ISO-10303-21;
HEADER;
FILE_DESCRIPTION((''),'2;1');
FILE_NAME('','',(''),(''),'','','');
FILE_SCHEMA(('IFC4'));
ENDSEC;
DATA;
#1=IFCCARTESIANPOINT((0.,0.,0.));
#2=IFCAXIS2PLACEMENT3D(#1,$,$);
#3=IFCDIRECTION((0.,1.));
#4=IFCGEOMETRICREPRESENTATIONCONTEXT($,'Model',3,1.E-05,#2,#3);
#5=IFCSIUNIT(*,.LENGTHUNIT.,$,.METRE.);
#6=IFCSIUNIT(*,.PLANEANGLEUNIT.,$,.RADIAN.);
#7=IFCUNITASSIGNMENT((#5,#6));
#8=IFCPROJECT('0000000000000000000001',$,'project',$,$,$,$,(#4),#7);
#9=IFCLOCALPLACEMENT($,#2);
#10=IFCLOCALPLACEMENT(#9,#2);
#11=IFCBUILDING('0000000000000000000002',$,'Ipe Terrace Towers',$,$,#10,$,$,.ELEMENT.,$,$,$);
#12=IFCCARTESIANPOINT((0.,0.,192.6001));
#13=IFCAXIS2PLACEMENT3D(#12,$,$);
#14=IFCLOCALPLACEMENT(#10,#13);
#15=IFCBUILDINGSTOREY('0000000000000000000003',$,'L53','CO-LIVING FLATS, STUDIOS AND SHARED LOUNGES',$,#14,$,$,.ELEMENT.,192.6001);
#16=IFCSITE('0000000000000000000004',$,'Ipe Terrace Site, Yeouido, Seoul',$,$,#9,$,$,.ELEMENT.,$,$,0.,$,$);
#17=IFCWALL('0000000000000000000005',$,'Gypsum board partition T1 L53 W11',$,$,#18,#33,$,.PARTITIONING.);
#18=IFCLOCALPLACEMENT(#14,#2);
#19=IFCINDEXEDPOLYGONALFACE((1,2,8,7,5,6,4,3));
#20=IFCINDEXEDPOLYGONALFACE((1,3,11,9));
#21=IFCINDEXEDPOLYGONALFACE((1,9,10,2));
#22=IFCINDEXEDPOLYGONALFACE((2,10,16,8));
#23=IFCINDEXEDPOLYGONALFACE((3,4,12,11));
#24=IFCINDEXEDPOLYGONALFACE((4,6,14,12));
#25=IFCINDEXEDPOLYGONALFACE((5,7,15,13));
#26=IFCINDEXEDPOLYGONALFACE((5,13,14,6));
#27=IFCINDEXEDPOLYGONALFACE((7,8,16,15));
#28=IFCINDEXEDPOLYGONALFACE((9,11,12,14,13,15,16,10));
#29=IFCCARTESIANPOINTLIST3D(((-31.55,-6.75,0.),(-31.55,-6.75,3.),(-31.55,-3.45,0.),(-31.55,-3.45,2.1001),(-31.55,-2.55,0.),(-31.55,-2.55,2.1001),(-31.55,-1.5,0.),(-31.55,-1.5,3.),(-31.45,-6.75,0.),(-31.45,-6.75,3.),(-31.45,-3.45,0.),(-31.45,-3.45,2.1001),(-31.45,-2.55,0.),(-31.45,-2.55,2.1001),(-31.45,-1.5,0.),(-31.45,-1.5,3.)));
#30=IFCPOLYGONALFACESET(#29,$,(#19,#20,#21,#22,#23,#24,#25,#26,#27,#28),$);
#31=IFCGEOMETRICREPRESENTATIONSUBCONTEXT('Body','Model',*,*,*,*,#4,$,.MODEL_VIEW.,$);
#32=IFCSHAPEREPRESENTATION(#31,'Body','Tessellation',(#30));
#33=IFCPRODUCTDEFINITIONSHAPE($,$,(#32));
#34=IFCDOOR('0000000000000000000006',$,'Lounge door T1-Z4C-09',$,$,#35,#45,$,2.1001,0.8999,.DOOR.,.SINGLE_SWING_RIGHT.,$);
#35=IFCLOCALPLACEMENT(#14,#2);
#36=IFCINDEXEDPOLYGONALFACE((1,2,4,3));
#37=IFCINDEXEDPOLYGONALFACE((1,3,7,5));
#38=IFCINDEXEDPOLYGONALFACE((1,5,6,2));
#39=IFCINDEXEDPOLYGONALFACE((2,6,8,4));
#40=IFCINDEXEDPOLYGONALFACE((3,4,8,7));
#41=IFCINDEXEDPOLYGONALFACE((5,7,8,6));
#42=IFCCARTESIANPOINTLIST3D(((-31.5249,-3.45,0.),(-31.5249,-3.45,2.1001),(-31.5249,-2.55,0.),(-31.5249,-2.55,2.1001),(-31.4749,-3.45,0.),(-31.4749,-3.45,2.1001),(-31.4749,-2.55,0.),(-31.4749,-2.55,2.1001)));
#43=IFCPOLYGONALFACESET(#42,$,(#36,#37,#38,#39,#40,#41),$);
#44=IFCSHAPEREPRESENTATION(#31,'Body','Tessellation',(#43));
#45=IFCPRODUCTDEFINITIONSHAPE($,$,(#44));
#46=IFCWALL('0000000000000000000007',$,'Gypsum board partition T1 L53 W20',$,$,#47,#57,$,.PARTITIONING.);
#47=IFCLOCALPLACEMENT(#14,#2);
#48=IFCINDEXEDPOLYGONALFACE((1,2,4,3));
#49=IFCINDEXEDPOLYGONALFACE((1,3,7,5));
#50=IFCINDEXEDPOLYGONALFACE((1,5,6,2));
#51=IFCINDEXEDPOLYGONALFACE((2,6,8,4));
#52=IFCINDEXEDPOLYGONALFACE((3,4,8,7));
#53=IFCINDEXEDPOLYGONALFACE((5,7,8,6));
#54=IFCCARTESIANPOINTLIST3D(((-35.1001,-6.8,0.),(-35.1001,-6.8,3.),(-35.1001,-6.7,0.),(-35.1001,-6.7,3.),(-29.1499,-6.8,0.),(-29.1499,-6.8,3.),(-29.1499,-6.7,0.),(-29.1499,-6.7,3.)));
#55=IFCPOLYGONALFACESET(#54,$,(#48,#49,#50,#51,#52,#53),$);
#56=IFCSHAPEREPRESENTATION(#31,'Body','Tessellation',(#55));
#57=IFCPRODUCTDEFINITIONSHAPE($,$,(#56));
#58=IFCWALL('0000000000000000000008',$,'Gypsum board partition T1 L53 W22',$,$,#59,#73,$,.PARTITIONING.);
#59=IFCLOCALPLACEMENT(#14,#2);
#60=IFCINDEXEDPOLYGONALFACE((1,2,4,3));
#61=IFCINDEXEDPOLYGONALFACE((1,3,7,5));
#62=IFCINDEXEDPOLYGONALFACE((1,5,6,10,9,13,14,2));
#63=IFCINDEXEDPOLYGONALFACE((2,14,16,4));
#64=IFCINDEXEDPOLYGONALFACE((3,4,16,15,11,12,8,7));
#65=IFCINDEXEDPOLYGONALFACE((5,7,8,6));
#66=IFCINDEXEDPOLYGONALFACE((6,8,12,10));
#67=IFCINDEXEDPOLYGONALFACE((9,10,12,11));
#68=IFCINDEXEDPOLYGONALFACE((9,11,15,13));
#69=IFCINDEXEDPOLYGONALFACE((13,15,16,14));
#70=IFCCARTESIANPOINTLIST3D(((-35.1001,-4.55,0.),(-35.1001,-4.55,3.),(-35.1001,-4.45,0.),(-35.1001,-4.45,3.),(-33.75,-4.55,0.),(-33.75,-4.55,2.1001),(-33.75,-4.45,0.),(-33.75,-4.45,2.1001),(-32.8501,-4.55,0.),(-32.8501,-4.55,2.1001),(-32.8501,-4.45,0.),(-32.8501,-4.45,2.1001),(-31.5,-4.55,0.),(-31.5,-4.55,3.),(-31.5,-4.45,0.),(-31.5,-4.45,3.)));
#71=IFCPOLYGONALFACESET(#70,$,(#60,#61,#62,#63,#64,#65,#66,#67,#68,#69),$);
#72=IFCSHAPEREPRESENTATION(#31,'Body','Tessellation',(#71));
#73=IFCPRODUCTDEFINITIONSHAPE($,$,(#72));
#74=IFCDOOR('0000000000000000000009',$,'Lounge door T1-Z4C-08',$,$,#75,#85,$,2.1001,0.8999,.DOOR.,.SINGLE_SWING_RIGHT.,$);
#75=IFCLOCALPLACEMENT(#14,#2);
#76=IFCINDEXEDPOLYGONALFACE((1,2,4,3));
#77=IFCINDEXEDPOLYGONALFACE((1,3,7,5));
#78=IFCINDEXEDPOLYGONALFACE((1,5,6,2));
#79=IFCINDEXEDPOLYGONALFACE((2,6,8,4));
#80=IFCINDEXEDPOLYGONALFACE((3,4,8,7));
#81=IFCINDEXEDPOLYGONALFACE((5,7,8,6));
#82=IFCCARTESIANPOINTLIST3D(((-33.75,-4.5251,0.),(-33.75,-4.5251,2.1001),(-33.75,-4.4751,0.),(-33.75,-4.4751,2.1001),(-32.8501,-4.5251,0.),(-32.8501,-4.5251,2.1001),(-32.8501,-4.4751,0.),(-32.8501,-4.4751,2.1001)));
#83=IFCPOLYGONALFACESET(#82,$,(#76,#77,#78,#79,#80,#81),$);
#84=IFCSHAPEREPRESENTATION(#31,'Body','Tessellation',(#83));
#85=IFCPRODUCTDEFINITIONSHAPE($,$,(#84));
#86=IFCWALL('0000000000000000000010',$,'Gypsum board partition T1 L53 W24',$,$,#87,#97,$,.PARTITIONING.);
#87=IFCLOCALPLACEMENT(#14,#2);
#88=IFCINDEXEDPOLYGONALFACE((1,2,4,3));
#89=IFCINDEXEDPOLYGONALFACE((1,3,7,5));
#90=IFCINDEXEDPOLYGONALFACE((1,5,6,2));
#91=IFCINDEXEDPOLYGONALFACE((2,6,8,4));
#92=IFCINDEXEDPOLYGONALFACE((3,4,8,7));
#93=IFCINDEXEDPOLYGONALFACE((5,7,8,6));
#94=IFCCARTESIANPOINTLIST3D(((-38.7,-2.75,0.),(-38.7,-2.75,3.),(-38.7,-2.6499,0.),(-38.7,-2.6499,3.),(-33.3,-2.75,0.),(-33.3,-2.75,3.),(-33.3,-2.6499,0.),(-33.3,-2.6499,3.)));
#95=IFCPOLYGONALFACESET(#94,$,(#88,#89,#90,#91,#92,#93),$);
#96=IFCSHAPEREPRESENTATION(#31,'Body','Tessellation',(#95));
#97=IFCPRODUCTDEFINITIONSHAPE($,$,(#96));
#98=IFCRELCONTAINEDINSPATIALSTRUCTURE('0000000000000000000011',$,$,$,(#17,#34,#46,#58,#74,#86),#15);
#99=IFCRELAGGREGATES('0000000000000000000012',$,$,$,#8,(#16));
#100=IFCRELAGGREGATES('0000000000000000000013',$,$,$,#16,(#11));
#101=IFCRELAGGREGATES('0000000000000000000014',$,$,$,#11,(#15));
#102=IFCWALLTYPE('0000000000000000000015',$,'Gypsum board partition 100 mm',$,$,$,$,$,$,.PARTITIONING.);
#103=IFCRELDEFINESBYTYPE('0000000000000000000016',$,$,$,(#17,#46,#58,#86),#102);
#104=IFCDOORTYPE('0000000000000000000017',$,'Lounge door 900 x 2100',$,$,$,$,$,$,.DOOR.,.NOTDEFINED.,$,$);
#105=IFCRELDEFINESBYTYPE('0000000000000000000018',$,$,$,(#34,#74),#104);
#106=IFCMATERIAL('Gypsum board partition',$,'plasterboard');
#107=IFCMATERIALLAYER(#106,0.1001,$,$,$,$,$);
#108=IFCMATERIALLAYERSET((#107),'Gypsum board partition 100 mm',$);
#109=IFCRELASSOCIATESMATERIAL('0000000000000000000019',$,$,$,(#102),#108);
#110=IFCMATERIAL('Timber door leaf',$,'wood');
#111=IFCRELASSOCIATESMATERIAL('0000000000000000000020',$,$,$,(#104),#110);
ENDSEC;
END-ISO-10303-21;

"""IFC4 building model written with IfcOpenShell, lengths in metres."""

from ifc_helpers import new_model, si_unit, direction, frame, frame_2d, origin, place, context, subcontext, project, spatial, rectangle, extrude, material, layer, layer_set, type_object, element, fill, save


model = new_model("IFC4")

# Units and contexts
model_context = context("Model", 3, precision=1e-05, world=origin(), true_north=direction((0.0, 1.0)))
body_context = subcontext(model_context, "Body", "Model", "MODEL_VIEW")
ifc_project = project(units=[si_unit("LENGTHUNIT", "METRE"), si_unit("PLANEANGLEUNIT", "RADIAN")], contexts=[model_context])

# Site, building, storey
site_placement = place(None, origin())
site = spatial("IfcSite", under=ifc_project, at=site_placement, Name="Ipe Terrace Site, Yeouido, Seoul", CompositionType="ELEMENT", RefElevation=0.0)
building_placement = place(site_placement, origin())
building = spatial("IfcBuilding", under=site, at=building_placement, Name="Ipe Terrace Towers", CompositionType="ELEMENT")
storey_placement = place(building_placement, frame((0.0, 0.0, 192.6001)))
storey = spatial("IfcBuildingStorey", under=building, at=storey_placement, Name="L53", Description="CO-LIVING FLATS, STUDIOS AND SHARED LOUNGES", CompositionType="ELEMENT", Elevation=192.6001)

# Shared definitions
ifc_material_1 = material(Name="Gypsum board partition", Category="plasterboard")
ifc_layer_1 = layer(ifc_material_1, 0.1001)
ifc_layer_set_1 = layer_set([ifc_layer_1], Name="Gypsum board partition 100 mm")
wall_type_1 = type_object("IfcWallType", Name="Gypsum board partition 100 mm", PredefinedType="PARTITIONING", material=ifc_layer_set_1)
ifc_material_2 = material(Name="Timber door leaf", Category="wood")
door_type = type_object("IfcDoorType", Name="Lounge door 900 x 2100", OperationType="NOTDEFINED", PredefinedType="DOOR", material=ifc_material_2)

# Wall, opening, door
wall_1_placement = place(storey_placement, frame((-31.5, -6.75, 0.0), z_axis=(0.0, 0.0, 1.0), x_axis=(0.0, 1.0, 0.0)))
wall_1 = element("IfcWall", 1, at=wall_1_placement, inside=storey, type_object=wall_type_1, Name="Gypsum board partition T1 L53 W11", PredefinedType="PARTITIONING", context=body_context, shape_type="SweptSolid", body=[
    extrude(rectangle(XDim=5.25, YDim=0.1001, at=frame_2d((2.625, 0.0))), origin(), (0.0, 0.0, 1.0), 3.0),
])
opening_1_placement = place(wall_1_placement, frame((3.3, 0.0, 0.0)))
opening_1 = element("IfcOpeningElement", 2, at=opening_1_placement, cuts=wall_1, PredefinedType="OPENING", context=body_context, shape_type="SweptSolid", body=[
    extrude(rectangle(XDim=0.8999, YDim=2.1001, at=frame_2d((0.45, 1.05))), frame((0.0, 0.0601, 0.0), z_axis=(0.0, -1.0, 0.0), x_axis=(1.0, 0.0, 0.0)), (0.0, 0.0, 1.0), 0.1201),
])
door_1_placement = place(opening_1_placement, origin())
door_1 = element("IfcDoor", 3, at=door_1_placement, inside=storey, type_object=door_type, Name="Lounge door T1-Z4C-09", OperationType="SINGLE_SWING_RIGHT", OverallHeight=2.1001, OverallWidth=0.8999, PredefinedType="DOOR", context=body_context, shape_type="SweptSolid", body=[
    extrude(rectangle(XDim=0.8999, YDim=2.1001, at=frame_2d((0.45, 1.05))), frame((0.0, 0.0249, 0.0), z_axis=(0.0, -1.0, 0.0), x_axis=(1.0, 0.0, 0.0)), (0.0, 0.0, 1.0), 0.05),
])
fill(opening_1, door_1)

# Wall
wall_2_placement = place(storey_placement, frame((-35.1001, -6.75, 0.0), z_axis=(0.0, 0.0, 1.0), x_axis=(1.0, 0.0, 0.0)))
element("IfcWall", 4, at=wall_2_placement, inside=storey, type_object=wall_type_1, Name="Gypsum board partition T1 L53 W20", PredefinedType="PARTITIONING", context=body_context, shape_type="SweptSolid", body=[
    extrude(rectangle(XDim=5.9502, YDim=0.1001, at=frame_2d((2.9751, 0.0))), origin(), (0.0, 0.0, 1.0), 3.0),
])

# Wall, opening, door
wall_3_placement = place(storey_placement, frame((-35.1001, -4.5, 0.0), z_axis=(0.0, 0.0, 1.0), x_axis=(1.0, 0.0, 0.0)))
wall_3 = element("IfcWall", 5, at=wall_3_placement, inside=storey, type_object=wall_type_1, Name="Gypsum board partition T1 L53 W22", PredefinedType="PARTITIONING", context=body_context, shape_type="SweptSolid", body=[
    extrude(rectangle(XDim=3.6001, YDim=0.1001, at=frame_2d((1.8, 0.0))), origin(), (0.0, 0.0, 1.0), 3.0),
])
opening_2_placement = place(wall_3_placement, frame((1.3501, 0.0, 0.0)))
opening_2 = element("IfcOpeningElement", 6, at=opening_2_placement, cuts=wall_3, PredefinedType="OPENING", context=body_context, shape_type="SweptSolid", body=[
    extrude(rectangle(XDim=0.8999, YDim=2.1001, at=frame_2d((0.45, 1.05))), frame((0.0, 0.0601, 0.0), z_axis=(0.0, -1.0, 0.0), x_axis=(1.0, 0.0, 0.0)), (0.0, 0.0, 1.0), 0.1201),
])
door_2_placement = place(opening_2_placement, origin())
door_2 = element("IfcDoor", 7, at=door_2_placement, inside=storey, type_object=door_type, Name="Lounge door T1-Z4C-08", OperationType="SINGLE_SWING_RIGHT", OverallHeight=2.1001, OverallWidth=0.8999, PredefinedType="DOOR", context=body_context, shape_type="SweptSolid", body=[
    extrude(rectangle(XDim=0.8999, YDim=2.1001, at=frame_2d((0.45, 1.05))), frame((0.0, 0.0249, 0.0), z_axis=(0.0, -1.0, 0.0), x_axis=(1.0, 0.0, 0.0)), (0.0, 0.0, 1.0), 0.05),
])
fill(opening_2, door_2)

# Wall
wall_4_placement = place(storey_placement, frame((-38.7, -2.7, 0.0), z_axis=(0.0, 0.0, 1.0), x_axis=(1.0, 0.0, 0.0)))
element("IfcWall", 8, at=wall_4_placement, inside=storey, type_object=wall_type_1, Name="Gypsum board partition T1 L53 W24", PredefinedType="PARTITIONING", context=body_context, shape_type="SweptSolid", body=[
    extrude(rectangle(XDim=5.3999, YDim=0.1001, at=frame_2d((2.7, 0.0))), origin(), (0.0, 0.0, 1.0), 3.0),
])

save(model, "model.ifc")
